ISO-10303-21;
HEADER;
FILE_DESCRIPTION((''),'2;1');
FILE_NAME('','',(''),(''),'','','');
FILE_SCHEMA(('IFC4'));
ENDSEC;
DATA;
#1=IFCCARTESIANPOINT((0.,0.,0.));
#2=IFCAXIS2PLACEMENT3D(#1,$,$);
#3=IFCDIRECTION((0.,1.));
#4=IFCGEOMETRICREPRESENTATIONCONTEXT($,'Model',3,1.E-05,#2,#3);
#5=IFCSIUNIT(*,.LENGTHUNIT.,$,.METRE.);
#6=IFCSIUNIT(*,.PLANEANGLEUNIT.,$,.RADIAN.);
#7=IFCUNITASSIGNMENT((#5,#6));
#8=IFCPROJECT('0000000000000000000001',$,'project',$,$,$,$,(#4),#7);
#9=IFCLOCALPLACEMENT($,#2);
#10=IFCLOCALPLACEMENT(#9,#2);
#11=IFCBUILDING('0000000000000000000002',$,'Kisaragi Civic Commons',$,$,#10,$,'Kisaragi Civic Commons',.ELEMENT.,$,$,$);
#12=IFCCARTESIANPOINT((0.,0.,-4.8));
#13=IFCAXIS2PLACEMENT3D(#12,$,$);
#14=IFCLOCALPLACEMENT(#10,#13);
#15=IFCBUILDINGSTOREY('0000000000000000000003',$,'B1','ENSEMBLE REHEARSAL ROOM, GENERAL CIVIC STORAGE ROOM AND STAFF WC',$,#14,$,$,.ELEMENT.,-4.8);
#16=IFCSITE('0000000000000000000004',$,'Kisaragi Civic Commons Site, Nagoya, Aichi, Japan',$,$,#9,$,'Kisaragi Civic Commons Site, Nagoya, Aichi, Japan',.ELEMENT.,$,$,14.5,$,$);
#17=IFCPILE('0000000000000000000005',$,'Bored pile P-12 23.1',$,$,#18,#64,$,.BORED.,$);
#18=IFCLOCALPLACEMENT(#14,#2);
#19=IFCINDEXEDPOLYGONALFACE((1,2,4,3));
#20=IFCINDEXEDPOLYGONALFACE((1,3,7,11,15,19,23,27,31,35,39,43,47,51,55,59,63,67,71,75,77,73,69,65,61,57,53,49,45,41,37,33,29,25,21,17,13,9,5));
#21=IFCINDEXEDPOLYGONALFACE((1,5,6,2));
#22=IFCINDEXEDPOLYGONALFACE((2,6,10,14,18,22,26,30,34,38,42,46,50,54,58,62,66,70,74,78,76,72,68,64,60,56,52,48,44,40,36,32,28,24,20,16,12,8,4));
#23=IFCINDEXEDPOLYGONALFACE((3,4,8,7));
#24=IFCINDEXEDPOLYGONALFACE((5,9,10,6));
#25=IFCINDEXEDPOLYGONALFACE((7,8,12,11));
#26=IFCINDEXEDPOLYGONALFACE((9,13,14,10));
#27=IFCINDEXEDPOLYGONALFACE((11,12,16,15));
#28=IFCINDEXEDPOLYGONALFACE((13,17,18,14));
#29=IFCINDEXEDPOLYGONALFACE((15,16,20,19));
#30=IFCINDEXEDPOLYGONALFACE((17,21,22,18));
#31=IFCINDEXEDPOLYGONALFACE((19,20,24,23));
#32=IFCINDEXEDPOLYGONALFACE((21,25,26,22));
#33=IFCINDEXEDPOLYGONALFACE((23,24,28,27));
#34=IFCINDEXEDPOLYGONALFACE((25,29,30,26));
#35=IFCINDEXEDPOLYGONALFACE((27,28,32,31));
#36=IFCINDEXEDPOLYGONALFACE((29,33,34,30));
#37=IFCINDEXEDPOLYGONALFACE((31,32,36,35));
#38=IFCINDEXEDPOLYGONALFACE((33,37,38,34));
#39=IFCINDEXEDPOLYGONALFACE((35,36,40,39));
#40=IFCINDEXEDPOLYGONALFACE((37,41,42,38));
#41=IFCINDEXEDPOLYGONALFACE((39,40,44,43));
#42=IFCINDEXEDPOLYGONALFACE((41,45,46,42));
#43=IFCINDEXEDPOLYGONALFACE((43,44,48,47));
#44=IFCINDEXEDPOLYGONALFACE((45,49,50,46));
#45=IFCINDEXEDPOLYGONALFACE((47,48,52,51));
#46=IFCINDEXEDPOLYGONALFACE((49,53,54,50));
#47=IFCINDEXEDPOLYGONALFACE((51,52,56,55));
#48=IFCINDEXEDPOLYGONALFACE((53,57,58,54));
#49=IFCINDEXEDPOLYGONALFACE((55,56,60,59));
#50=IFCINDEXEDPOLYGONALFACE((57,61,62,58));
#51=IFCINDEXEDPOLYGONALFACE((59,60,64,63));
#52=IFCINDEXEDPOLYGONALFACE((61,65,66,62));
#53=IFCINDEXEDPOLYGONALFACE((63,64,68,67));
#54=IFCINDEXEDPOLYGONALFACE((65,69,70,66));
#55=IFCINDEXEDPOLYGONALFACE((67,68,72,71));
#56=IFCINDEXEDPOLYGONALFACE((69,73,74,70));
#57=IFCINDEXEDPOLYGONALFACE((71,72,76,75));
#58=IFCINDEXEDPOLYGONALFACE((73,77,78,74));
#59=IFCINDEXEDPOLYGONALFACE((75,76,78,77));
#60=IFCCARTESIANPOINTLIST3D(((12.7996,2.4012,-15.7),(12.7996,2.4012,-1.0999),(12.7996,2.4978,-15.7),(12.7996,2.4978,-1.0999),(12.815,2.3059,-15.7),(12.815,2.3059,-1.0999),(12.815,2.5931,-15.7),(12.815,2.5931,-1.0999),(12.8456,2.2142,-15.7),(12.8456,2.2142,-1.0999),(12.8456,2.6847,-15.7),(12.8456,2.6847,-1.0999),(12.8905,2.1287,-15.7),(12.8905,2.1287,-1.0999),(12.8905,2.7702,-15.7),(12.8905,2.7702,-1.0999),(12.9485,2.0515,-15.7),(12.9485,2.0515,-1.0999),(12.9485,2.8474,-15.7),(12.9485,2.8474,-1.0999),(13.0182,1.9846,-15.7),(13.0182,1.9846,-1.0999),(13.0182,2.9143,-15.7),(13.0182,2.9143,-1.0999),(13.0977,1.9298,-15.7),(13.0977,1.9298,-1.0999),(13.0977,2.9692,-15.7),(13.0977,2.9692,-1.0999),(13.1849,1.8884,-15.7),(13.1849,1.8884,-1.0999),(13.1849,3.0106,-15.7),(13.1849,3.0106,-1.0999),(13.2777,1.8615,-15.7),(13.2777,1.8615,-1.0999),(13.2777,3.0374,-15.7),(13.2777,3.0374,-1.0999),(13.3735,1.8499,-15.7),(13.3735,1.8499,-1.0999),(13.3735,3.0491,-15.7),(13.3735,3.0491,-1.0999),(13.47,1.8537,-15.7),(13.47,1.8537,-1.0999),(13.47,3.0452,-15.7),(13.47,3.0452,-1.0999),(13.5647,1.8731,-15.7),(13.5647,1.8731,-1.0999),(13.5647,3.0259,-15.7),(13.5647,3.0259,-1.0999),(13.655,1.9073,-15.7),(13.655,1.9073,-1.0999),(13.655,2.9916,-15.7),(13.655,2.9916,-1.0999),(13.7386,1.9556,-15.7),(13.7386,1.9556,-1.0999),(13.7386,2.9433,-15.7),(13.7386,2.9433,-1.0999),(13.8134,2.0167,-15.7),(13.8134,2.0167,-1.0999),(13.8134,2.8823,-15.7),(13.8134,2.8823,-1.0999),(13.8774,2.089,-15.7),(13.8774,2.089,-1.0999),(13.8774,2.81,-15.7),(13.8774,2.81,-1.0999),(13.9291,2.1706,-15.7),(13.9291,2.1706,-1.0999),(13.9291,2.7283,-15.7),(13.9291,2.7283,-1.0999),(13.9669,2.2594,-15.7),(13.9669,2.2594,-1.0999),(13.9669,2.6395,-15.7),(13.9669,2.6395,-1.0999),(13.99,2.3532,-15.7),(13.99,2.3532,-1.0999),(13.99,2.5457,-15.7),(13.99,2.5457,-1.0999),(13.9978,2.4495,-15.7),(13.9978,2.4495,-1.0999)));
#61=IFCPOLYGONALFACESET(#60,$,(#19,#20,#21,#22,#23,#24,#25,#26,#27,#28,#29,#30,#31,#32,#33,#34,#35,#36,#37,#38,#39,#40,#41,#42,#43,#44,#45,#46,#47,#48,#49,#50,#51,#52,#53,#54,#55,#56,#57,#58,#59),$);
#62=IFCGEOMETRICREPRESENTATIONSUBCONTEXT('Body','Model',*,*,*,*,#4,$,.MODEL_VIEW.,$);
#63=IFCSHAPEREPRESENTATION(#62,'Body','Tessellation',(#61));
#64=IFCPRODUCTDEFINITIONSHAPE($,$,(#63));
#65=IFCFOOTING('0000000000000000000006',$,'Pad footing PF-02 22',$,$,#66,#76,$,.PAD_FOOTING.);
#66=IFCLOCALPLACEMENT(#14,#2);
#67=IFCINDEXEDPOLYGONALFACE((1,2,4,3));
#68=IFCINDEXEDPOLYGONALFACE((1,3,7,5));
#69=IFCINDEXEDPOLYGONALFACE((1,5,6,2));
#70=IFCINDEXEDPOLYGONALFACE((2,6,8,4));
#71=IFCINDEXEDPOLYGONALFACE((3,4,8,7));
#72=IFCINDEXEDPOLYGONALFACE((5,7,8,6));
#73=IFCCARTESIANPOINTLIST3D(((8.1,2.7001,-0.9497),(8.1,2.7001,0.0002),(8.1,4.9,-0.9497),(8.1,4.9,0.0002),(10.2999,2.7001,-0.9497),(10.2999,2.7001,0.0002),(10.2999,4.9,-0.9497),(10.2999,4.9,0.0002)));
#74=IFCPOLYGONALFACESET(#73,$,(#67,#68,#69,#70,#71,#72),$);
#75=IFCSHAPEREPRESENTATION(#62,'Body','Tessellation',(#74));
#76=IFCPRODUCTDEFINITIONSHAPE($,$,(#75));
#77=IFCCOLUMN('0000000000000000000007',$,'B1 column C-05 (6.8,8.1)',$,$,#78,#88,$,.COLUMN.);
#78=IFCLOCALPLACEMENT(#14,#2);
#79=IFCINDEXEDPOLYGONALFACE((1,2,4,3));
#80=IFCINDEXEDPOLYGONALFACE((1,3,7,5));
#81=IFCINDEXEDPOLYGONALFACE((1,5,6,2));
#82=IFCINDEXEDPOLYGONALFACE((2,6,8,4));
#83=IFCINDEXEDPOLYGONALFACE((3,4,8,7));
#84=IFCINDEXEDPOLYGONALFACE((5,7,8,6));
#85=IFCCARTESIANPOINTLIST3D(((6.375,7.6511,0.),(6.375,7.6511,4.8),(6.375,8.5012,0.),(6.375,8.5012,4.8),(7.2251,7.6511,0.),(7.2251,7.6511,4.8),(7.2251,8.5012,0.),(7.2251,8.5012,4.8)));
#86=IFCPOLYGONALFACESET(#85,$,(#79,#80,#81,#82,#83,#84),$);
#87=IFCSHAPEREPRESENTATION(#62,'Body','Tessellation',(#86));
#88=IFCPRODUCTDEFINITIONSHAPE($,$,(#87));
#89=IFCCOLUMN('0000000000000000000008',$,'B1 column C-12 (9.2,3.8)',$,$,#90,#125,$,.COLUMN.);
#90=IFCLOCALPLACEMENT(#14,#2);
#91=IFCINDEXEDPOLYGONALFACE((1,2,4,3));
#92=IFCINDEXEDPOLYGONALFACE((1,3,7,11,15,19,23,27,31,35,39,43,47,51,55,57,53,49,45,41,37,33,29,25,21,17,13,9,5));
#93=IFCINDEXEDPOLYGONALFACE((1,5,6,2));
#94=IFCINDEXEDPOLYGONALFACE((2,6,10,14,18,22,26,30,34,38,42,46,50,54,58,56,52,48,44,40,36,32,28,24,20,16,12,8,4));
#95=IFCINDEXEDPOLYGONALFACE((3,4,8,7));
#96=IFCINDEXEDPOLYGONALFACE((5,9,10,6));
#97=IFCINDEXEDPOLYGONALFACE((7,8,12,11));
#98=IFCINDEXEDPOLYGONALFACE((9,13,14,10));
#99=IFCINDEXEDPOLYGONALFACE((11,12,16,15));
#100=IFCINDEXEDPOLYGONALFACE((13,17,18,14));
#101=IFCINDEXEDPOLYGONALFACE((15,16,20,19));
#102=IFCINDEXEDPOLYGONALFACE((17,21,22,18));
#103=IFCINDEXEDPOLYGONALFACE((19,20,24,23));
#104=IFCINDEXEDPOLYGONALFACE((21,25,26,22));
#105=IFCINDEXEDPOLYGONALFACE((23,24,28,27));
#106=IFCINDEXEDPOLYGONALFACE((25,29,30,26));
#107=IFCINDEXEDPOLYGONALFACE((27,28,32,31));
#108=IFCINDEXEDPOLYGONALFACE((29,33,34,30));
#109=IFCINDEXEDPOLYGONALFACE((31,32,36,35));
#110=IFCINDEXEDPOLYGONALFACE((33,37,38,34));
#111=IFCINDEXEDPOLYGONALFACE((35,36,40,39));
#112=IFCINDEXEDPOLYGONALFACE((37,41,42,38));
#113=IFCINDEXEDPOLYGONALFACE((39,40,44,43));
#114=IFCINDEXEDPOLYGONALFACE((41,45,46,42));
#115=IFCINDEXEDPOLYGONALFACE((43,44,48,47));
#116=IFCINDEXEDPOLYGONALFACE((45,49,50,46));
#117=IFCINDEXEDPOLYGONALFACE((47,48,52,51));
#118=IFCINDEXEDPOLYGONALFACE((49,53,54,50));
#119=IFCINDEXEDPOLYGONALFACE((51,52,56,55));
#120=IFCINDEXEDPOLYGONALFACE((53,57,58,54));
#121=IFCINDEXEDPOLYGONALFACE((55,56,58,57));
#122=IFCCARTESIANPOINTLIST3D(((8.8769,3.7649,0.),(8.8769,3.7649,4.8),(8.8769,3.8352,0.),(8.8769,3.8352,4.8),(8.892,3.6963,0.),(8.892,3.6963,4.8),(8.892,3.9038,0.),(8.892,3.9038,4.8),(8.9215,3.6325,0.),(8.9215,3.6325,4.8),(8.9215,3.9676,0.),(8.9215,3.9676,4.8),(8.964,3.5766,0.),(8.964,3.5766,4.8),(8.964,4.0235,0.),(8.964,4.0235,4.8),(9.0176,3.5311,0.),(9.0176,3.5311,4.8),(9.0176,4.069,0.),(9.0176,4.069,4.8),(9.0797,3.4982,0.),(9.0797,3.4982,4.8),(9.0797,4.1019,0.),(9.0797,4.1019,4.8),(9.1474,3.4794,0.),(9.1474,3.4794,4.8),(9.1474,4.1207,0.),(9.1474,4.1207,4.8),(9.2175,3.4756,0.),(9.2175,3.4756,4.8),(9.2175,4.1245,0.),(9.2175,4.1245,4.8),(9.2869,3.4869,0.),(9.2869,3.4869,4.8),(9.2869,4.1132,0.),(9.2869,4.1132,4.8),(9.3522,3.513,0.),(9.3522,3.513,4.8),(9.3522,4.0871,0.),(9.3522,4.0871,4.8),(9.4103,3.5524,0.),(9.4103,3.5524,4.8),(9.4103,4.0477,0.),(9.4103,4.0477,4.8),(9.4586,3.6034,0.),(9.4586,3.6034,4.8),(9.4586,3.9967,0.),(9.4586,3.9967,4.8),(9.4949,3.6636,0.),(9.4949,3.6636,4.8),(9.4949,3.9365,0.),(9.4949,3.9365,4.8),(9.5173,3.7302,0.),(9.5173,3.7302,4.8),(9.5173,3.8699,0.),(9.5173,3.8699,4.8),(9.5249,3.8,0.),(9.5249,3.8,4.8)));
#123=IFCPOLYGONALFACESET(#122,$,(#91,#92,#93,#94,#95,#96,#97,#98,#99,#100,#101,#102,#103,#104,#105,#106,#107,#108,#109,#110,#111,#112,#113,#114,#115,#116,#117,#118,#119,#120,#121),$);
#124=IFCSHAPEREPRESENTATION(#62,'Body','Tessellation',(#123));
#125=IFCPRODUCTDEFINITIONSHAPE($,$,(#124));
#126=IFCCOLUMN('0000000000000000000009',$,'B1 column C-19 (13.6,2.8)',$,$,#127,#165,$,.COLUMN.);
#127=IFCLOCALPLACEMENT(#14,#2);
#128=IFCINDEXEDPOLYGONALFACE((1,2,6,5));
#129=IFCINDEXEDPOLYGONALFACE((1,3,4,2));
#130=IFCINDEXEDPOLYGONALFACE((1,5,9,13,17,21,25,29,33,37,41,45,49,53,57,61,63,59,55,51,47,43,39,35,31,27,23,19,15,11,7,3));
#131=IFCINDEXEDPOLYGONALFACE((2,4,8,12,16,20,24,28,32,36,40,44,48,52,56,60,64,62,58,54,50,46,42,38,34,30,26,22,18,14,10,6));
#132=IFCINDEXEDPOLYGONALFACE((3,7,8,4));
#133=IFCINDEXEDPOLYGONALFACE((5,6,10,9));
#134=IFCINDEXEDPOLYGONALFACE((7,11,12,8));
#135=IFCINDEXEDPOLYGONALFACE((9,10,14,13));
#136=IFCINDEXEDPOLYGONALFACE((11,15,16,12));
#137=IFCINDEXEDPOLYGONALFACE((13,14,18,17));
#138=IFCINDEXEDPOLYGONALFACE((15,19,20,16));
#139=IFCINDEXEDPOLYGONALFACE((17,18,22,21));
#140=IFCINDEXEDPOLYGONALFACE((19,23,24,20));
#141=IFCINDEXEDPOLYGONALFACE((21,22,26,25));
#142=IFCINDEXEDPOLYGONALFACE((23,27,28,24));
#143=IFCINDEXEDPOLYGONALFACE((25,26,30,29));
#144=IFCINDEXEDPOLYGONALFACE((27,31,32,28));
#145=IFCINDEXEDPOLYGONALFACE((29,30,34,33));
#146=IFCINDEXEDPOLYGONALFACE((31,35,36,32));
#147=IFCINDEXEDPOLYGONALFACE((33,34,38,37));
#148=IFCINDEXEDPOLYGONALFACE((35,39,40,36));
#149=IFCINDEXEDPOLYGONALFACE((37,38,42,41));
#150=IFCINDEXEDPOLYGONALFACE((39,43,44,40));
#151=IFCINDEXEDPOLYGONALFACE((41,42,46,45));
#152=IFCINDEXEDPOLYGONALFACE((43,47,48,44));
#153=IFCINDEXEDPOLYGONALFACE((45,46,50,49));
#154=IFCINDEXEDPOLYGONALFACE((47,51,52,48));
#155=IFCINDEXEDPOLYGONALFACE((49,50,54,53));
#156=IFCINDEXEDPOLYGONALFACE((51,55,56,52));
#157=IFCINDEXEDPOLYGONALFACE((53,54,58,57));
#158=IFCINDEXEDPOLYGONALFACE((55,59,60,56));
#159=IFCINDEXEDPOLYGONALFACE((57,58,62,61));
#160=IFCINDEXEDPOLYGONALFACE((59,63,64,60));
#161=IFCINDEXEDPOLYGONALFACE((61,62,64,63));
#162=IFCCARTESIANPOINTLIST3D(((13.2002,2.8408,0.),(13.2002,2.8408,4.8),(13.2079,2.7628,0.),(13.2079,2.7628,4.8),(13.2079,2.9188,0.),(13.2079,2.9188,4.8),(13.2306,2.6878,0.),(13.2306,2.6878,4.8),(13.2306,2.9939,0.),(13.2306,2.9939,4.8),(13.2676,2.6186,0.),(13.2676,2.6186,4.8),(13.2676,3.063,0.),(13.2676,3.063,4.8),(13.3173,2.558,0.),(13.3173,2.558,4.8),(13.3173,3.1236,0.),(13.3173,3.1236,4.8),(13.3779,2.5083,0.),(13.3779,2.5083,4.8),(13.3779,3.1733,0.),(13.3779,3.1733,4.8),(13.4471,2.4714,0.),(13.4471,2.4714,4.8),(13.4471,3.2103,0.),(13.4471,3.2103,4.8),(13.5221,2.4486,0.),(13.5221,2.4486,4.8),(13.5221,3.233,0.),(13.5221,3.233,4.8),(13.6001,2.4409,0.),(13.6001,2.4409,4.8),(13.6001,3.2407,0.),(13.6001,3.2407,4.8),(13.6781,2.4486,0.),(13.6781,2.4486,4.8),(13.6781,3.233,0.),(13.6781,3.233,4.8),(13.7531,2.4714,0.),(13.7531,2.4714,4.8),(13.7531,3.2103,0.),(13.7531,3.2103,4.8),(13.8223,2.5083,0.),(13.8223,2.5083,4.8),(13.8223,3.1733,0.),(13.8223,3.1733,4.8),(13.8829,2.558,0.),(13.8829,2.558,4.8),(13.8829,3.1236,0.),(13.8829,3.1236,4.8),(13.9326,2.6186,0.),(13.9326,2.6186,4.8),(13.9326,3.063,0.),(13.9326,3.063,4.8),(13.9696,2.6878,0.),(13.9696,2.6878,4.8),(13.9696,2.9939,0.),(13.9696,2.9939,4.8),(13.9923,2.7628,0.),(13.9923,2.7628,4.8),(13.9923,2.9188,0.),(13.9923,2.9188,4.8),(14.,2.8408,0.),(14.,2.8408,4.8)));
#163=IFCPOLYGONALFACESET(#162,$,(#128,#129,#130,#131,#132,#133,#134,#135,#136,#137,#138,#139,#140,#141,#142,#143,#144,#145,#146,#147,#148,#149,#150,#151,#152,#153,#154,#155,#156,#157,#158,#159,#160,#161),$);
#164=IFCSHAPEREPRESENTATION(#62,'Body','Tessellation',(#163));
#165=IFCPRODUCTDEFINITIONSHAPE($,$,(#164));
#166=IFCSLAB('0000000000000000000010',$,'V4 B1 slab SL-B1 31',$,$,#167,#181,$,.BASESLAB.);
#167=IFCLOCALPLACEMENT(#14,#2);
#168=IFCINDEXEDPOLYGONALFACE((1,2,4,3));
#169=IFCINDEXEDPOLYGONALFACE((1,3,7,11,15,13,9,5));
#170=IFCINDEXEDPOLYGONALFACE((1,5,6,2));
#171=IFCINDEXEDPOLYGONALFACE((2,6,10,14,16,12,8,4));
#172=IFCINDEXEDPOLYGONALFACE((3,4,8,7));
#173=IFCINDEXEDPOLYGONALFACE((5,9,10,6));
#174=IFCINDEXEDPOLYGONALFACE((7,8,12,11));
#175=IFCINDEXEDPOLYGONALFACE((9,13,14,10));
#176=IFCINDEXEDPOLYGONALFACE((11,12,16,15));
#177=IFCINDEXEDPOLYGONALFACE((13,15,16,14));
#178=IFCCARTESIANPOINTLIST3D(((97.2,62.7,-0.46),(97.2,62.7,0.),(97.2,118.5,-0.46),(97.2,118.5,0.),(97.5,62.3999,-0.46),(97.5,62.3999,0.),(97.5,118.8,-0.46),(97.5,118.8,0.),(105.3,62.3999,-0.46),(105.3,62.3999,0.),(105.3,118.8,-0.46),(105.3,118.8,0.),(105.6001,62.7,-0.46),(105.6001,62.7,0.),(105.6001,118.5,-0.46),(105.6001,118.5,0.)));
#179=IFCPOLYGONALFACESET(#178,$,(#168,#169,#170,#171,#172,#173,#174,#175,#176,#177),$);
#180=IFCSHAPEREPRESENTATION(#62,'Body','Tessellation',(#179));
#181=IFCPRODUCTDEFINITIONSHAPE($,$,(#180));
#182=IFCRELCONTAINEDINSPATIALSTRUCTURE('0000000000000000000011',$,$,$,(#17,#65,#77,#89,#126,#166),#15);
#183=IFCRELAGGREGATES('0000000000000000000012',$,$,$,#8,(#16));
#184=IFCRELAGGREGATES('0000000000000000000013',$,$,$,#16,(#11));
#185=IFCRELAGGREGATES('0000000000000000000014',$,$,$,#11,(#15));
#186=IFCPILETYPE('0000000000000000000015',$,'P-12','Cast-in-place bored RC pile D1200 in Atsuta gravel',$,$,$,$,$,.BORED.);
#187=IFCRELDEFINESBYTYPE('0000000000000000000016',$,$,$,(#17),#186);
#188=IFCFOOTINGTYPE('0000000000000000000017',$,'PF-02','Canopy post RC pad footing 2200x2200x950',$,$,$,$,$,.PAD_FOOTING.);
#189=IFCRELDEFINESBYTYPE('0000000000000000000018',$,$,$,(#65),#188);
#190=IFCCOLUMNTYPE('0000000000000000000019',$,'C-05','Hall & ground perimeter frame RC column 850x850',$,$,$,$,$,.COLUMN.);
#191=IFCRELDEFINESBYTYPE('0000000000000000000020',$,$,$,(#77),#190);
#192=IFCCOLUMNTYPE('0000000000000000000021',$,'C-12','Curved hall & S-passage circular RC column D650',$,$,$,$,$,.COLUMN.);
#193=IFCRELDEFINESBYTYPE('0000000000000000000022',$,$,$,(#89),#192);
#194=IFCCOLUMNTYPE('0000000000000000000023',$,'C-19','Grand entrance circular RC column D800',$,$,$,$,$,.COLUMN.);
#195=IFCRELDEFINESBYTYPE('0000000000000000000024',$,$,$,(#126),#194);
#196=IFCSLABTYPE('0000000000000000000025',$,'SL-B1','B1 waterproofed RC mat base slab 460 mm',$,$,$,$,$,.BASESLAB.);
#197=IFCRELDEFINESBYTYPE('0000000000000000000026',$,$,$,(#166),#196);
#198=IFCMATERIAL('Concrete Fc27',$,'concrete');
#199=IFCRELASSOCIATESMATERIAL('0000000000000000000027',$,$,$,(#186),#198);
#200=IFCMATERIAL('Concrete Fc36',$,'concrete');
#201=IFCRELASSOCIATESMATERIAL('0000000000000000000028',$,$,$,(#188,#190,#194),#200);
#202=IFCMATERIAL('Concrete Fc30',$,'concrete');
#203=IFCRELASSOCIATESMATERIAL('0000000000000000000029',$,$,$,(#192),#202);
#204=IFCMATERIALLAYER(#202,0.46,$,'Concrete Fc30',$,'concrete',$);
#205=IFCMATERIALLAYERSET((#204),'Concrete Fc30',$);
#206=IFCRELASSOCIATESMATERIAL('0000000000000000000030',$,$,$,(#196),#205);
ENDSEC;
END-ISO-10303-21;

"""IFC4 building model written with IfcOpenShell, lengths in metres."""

from ifc_helpers import new_model, si_unit, direction, frame, origin, origin_2d, place, context, subcontext, project, spatial, polyline, rectangle, circle, outline, extrude, material, layer, layer_set, material_profile, profile_set, type_object, element, save


model = new_model("IFC4")

# Units and contexts
model_context = context("Model", 3, precision=1e-05, world=origin(), true_north=direction((0.0, 1.0)))
body_context = subcontext(model_context, "Body", "Model", "MODEL_VIEW")
ifc_project = project(units=[si_unit("LENGTHUNIT", "METRE"), si_unit("PLANEANGLEUNIT", "RADIAN")], contexts=[model_context])

# Site, building, storey
site_placement = place(None, origin())
site = spatial("IfcSite", under=ifc_project, at=site_placement, Name="Kisaragi Civic Commons Site, Nagoya, Aichi, Japan", LongName="Kisaragi Civic Commons Site, Nagoya, Aichi, Japan", CompositionType="ELEMENT", RefElevation=14.5)
building_placement = place(site_placement, origin())
building = spatial("IfcBuilding", under=site, at=building_placement, Name="Kisaragi Civic Commons", LongName="Kisaragi Civic Commons", CompositionType="ELEMENT")
storey_placement = place(building_placement, frame((0.0, 0.0, -4.8)))
storey = spatial("IfcBuildingStorey", under=building, at=storey_placement, Name="B1", Description="ENSEMBLE REHEARSAL ROOM, GENERAL CIVIC STORAGE ROOM AND STAFF WC", CompositionType="ELEMENT", Elevation=-4.8)

# Pile
ifc_material_1 = material(Name="Concrete Fc27", Category="concrete")
ifc_material_profile_1 = material_profile(ifc_material_1, circle(Radius=0.6001, at=origin_2d()), Name="PILE-D1200", Category="concrete")
ifc_profile_set_1 = profile_set([ifc_material_profile_1], Name="Concrete Fc27")
pile_type = type_object("IfcPileType", Name="P-12", Description="Cast-in-place bored RC pile D1200 in Atsuta gravel", PredefinedType="BORED", material=ifc_profile_set_1)
pile_placement = place(storey_placement, frame((13.3977, 2.4495, -1.0999), z_axis=(0.0, 0.0, -1.0), x_axis=(1.0, 0.0, 0.0)))
element("IfcPile", 1, at=pile_placement, inside=storey, type_object=pile_type, Name="Bored pile P-12 23.1", PredefinedType="BORED", context=body_context, shape_type="SweptSolid", body=[
    extrude(circle(Radius=0.6001, at=origin_2d()), origin(), (0.0, 0.0, 1.0), 14.6001),
])

# Footing
ifc_material_2 = material(Name="Concrete Fc36", Category="concrete")
footing_type = type_object("IfcFootingType", Name="PF-02", Description="Canopy post RC pad footing 2200x2200x950", PredefinedType="PAD_FOOTING", material=ifc_material_2)
footing_placement = place(storey_placement, frame((9.2, 3.8, -0.9497), z_axis=(0.0, 0.0, 1.0), x_axis=(1.0, 0.0, 0.0)))
element("IfcFooting", 2, at=footing_placement, inside=storey, type_object=footing_type, Name="Pad footing PF-02 22", PredefinedType="PAD_FOOTING", context=body_context, shape_type="SweptSolid", body=[
    extrude(rectangle(XDim=2.2, YDim=2.2, at=origin_2d()), origin(), (0.0, 0.0, 1.0), 0.95),
])

# Columns
ifc_material_profile_2 = material_profile(ifc_material_2, rectangle(XDim=0.8501, YDim=0.8501, at=origin_2d()), Name="RC-850x850", Category="concrete")
ifc_profile_set_2 = profile_set([ifc_material_profile_2], Name="Concrete Fc36")
column_type_1 = type_object("IfcColumnType", Name="C-05", Description="Hall & ground perimeter frame RC column 850x850", PredefinedType="COLUMN", material=ifc_profile_set_2)
column_1_placement = place(storey_placement, frame((6.8, 8.0762, 0.0), z_axis=(0.0, 0.0, 1.0), x_axis=(1.0, 0.0, 0.0)))
element("IfcColumn", 3, at=column_1_placement, inside=storey, type_object=column_type_1, Name="B1 column C-05 (6.8,8.1)", PredefinedType="COLUMN", context=body_context, shape_type="SweptSolid", body=[
    extrude(rectangle(XDim=0.8501, YDim=0.8501, at=origin_2d()), origin(), (0.0, 0.0, 1.0), 4.8),
])
ifc_material_3 = material(Name="Concrete Fc30", Category="concrete")
ifc_material_profile_3 = material_profile(ifc_material_3, circle(Radius=0.325, at=origin_2d()), Name="RC-D650", Category="concrete")
ifc_profile_set_3 = profile_set([ifc_material_profile_3], Name="Concrete Fc30")
column_type_2 = type_object("IfcColumnType", Name="C-12", Description="Curved hall & S-passage circular RC column D650", PredefinedType="COLUMN", material=ifc_profile_set_3)
column_2_placement = place(storey_placement, frame((9.2, 3.8, 0.0), z_axis=(0.0, 0.0, 1.0), x_axis=(1.0, 0.0, 0.0)))
element("IfcColumn", 4, at=column_2_placement, inside=storey, type_object=column_type_2, Name="B1 column C-12 (9.2,3.8)", PredefinedType="COLUMN", context=body_context, shape_type="SweptSolid", body=[
    extrude(circle(Radius=0.325, at=origin_2d()), origin(), (0.0, 0.0, 1.0), 4.8),
])
ifc_material_profile_4 = material_profile(ifc_material_2, circle(Radius=0.3999, at=origin_2d()), Name="RC-D800", Category="concrete")
ifc_profile_set_4 = profile_set([ifc_material_profile_4], Name="Concrete Fc36")
column_type_3 = type_object("IfcColumnType", Name="C-19", Description="Grand entrance circular RC column D800", PredefinedType="COLUMN", material=ifc_profile_set_4)
column_3_placement = place(storey_placement, frame((13.6001, 2.8408, 0.0), z_axis=(0.0, 0.0, 1.0), x_axis=(1.0, 0.0, 0.0)))
element("IfcColumn", 5, at=column_3_placement, inside=storey, type_object=column_type_3, Name="B1 column C-19 (13.6,2.8)", PredefinedType="COLUMN", context=body_context, shape_type="SweptSolid", body=[
    extrude(circle(Radius=0.3999, at=origin_2d()), origin(), (0.0, 0.0, 1.0), 4.8),
])

# Slab
ifc_layer_1 = layer(ifc_material_3, 0.46, Name="Concrete Fc30", Category="concrete")
ifc_layer_set_1 = layer_set([ifc_layer_1], Name="Concrete Fc30")
slab_type_1 = type_object("IfcSlabType", Name="SL-B1", Description="B1 waterproofed RC mat base slab 460 mm", PredefinedType="BASESLAB", material=ifc_layer_set_1)
slab_1_placement = place(storey_placement, frame((0.0, 0.0, -0.46)))
element("IfcSlab", 6, at=slab_1_placement, inside=storey, type_object=slab_type_1, Name="V4 B1 slab SL-B1 31", PredefinedType="BASESLAB", context=body_context, shape_type="SweptSolid", body=[
    extrude(outline(polyline([(97.5, 62.3999), (105.3, 62.3999), (105.6001, 62.7), (105.6001, 118.5), (105.3, 118.8), (97.5, 118.8), (97.2, 118.5), (97.2, 62.7), (97.5, 62.3999)])), origin(), (0.0, 0.0, 1.0), 0.46),
])

save(model, "model.ifc")
